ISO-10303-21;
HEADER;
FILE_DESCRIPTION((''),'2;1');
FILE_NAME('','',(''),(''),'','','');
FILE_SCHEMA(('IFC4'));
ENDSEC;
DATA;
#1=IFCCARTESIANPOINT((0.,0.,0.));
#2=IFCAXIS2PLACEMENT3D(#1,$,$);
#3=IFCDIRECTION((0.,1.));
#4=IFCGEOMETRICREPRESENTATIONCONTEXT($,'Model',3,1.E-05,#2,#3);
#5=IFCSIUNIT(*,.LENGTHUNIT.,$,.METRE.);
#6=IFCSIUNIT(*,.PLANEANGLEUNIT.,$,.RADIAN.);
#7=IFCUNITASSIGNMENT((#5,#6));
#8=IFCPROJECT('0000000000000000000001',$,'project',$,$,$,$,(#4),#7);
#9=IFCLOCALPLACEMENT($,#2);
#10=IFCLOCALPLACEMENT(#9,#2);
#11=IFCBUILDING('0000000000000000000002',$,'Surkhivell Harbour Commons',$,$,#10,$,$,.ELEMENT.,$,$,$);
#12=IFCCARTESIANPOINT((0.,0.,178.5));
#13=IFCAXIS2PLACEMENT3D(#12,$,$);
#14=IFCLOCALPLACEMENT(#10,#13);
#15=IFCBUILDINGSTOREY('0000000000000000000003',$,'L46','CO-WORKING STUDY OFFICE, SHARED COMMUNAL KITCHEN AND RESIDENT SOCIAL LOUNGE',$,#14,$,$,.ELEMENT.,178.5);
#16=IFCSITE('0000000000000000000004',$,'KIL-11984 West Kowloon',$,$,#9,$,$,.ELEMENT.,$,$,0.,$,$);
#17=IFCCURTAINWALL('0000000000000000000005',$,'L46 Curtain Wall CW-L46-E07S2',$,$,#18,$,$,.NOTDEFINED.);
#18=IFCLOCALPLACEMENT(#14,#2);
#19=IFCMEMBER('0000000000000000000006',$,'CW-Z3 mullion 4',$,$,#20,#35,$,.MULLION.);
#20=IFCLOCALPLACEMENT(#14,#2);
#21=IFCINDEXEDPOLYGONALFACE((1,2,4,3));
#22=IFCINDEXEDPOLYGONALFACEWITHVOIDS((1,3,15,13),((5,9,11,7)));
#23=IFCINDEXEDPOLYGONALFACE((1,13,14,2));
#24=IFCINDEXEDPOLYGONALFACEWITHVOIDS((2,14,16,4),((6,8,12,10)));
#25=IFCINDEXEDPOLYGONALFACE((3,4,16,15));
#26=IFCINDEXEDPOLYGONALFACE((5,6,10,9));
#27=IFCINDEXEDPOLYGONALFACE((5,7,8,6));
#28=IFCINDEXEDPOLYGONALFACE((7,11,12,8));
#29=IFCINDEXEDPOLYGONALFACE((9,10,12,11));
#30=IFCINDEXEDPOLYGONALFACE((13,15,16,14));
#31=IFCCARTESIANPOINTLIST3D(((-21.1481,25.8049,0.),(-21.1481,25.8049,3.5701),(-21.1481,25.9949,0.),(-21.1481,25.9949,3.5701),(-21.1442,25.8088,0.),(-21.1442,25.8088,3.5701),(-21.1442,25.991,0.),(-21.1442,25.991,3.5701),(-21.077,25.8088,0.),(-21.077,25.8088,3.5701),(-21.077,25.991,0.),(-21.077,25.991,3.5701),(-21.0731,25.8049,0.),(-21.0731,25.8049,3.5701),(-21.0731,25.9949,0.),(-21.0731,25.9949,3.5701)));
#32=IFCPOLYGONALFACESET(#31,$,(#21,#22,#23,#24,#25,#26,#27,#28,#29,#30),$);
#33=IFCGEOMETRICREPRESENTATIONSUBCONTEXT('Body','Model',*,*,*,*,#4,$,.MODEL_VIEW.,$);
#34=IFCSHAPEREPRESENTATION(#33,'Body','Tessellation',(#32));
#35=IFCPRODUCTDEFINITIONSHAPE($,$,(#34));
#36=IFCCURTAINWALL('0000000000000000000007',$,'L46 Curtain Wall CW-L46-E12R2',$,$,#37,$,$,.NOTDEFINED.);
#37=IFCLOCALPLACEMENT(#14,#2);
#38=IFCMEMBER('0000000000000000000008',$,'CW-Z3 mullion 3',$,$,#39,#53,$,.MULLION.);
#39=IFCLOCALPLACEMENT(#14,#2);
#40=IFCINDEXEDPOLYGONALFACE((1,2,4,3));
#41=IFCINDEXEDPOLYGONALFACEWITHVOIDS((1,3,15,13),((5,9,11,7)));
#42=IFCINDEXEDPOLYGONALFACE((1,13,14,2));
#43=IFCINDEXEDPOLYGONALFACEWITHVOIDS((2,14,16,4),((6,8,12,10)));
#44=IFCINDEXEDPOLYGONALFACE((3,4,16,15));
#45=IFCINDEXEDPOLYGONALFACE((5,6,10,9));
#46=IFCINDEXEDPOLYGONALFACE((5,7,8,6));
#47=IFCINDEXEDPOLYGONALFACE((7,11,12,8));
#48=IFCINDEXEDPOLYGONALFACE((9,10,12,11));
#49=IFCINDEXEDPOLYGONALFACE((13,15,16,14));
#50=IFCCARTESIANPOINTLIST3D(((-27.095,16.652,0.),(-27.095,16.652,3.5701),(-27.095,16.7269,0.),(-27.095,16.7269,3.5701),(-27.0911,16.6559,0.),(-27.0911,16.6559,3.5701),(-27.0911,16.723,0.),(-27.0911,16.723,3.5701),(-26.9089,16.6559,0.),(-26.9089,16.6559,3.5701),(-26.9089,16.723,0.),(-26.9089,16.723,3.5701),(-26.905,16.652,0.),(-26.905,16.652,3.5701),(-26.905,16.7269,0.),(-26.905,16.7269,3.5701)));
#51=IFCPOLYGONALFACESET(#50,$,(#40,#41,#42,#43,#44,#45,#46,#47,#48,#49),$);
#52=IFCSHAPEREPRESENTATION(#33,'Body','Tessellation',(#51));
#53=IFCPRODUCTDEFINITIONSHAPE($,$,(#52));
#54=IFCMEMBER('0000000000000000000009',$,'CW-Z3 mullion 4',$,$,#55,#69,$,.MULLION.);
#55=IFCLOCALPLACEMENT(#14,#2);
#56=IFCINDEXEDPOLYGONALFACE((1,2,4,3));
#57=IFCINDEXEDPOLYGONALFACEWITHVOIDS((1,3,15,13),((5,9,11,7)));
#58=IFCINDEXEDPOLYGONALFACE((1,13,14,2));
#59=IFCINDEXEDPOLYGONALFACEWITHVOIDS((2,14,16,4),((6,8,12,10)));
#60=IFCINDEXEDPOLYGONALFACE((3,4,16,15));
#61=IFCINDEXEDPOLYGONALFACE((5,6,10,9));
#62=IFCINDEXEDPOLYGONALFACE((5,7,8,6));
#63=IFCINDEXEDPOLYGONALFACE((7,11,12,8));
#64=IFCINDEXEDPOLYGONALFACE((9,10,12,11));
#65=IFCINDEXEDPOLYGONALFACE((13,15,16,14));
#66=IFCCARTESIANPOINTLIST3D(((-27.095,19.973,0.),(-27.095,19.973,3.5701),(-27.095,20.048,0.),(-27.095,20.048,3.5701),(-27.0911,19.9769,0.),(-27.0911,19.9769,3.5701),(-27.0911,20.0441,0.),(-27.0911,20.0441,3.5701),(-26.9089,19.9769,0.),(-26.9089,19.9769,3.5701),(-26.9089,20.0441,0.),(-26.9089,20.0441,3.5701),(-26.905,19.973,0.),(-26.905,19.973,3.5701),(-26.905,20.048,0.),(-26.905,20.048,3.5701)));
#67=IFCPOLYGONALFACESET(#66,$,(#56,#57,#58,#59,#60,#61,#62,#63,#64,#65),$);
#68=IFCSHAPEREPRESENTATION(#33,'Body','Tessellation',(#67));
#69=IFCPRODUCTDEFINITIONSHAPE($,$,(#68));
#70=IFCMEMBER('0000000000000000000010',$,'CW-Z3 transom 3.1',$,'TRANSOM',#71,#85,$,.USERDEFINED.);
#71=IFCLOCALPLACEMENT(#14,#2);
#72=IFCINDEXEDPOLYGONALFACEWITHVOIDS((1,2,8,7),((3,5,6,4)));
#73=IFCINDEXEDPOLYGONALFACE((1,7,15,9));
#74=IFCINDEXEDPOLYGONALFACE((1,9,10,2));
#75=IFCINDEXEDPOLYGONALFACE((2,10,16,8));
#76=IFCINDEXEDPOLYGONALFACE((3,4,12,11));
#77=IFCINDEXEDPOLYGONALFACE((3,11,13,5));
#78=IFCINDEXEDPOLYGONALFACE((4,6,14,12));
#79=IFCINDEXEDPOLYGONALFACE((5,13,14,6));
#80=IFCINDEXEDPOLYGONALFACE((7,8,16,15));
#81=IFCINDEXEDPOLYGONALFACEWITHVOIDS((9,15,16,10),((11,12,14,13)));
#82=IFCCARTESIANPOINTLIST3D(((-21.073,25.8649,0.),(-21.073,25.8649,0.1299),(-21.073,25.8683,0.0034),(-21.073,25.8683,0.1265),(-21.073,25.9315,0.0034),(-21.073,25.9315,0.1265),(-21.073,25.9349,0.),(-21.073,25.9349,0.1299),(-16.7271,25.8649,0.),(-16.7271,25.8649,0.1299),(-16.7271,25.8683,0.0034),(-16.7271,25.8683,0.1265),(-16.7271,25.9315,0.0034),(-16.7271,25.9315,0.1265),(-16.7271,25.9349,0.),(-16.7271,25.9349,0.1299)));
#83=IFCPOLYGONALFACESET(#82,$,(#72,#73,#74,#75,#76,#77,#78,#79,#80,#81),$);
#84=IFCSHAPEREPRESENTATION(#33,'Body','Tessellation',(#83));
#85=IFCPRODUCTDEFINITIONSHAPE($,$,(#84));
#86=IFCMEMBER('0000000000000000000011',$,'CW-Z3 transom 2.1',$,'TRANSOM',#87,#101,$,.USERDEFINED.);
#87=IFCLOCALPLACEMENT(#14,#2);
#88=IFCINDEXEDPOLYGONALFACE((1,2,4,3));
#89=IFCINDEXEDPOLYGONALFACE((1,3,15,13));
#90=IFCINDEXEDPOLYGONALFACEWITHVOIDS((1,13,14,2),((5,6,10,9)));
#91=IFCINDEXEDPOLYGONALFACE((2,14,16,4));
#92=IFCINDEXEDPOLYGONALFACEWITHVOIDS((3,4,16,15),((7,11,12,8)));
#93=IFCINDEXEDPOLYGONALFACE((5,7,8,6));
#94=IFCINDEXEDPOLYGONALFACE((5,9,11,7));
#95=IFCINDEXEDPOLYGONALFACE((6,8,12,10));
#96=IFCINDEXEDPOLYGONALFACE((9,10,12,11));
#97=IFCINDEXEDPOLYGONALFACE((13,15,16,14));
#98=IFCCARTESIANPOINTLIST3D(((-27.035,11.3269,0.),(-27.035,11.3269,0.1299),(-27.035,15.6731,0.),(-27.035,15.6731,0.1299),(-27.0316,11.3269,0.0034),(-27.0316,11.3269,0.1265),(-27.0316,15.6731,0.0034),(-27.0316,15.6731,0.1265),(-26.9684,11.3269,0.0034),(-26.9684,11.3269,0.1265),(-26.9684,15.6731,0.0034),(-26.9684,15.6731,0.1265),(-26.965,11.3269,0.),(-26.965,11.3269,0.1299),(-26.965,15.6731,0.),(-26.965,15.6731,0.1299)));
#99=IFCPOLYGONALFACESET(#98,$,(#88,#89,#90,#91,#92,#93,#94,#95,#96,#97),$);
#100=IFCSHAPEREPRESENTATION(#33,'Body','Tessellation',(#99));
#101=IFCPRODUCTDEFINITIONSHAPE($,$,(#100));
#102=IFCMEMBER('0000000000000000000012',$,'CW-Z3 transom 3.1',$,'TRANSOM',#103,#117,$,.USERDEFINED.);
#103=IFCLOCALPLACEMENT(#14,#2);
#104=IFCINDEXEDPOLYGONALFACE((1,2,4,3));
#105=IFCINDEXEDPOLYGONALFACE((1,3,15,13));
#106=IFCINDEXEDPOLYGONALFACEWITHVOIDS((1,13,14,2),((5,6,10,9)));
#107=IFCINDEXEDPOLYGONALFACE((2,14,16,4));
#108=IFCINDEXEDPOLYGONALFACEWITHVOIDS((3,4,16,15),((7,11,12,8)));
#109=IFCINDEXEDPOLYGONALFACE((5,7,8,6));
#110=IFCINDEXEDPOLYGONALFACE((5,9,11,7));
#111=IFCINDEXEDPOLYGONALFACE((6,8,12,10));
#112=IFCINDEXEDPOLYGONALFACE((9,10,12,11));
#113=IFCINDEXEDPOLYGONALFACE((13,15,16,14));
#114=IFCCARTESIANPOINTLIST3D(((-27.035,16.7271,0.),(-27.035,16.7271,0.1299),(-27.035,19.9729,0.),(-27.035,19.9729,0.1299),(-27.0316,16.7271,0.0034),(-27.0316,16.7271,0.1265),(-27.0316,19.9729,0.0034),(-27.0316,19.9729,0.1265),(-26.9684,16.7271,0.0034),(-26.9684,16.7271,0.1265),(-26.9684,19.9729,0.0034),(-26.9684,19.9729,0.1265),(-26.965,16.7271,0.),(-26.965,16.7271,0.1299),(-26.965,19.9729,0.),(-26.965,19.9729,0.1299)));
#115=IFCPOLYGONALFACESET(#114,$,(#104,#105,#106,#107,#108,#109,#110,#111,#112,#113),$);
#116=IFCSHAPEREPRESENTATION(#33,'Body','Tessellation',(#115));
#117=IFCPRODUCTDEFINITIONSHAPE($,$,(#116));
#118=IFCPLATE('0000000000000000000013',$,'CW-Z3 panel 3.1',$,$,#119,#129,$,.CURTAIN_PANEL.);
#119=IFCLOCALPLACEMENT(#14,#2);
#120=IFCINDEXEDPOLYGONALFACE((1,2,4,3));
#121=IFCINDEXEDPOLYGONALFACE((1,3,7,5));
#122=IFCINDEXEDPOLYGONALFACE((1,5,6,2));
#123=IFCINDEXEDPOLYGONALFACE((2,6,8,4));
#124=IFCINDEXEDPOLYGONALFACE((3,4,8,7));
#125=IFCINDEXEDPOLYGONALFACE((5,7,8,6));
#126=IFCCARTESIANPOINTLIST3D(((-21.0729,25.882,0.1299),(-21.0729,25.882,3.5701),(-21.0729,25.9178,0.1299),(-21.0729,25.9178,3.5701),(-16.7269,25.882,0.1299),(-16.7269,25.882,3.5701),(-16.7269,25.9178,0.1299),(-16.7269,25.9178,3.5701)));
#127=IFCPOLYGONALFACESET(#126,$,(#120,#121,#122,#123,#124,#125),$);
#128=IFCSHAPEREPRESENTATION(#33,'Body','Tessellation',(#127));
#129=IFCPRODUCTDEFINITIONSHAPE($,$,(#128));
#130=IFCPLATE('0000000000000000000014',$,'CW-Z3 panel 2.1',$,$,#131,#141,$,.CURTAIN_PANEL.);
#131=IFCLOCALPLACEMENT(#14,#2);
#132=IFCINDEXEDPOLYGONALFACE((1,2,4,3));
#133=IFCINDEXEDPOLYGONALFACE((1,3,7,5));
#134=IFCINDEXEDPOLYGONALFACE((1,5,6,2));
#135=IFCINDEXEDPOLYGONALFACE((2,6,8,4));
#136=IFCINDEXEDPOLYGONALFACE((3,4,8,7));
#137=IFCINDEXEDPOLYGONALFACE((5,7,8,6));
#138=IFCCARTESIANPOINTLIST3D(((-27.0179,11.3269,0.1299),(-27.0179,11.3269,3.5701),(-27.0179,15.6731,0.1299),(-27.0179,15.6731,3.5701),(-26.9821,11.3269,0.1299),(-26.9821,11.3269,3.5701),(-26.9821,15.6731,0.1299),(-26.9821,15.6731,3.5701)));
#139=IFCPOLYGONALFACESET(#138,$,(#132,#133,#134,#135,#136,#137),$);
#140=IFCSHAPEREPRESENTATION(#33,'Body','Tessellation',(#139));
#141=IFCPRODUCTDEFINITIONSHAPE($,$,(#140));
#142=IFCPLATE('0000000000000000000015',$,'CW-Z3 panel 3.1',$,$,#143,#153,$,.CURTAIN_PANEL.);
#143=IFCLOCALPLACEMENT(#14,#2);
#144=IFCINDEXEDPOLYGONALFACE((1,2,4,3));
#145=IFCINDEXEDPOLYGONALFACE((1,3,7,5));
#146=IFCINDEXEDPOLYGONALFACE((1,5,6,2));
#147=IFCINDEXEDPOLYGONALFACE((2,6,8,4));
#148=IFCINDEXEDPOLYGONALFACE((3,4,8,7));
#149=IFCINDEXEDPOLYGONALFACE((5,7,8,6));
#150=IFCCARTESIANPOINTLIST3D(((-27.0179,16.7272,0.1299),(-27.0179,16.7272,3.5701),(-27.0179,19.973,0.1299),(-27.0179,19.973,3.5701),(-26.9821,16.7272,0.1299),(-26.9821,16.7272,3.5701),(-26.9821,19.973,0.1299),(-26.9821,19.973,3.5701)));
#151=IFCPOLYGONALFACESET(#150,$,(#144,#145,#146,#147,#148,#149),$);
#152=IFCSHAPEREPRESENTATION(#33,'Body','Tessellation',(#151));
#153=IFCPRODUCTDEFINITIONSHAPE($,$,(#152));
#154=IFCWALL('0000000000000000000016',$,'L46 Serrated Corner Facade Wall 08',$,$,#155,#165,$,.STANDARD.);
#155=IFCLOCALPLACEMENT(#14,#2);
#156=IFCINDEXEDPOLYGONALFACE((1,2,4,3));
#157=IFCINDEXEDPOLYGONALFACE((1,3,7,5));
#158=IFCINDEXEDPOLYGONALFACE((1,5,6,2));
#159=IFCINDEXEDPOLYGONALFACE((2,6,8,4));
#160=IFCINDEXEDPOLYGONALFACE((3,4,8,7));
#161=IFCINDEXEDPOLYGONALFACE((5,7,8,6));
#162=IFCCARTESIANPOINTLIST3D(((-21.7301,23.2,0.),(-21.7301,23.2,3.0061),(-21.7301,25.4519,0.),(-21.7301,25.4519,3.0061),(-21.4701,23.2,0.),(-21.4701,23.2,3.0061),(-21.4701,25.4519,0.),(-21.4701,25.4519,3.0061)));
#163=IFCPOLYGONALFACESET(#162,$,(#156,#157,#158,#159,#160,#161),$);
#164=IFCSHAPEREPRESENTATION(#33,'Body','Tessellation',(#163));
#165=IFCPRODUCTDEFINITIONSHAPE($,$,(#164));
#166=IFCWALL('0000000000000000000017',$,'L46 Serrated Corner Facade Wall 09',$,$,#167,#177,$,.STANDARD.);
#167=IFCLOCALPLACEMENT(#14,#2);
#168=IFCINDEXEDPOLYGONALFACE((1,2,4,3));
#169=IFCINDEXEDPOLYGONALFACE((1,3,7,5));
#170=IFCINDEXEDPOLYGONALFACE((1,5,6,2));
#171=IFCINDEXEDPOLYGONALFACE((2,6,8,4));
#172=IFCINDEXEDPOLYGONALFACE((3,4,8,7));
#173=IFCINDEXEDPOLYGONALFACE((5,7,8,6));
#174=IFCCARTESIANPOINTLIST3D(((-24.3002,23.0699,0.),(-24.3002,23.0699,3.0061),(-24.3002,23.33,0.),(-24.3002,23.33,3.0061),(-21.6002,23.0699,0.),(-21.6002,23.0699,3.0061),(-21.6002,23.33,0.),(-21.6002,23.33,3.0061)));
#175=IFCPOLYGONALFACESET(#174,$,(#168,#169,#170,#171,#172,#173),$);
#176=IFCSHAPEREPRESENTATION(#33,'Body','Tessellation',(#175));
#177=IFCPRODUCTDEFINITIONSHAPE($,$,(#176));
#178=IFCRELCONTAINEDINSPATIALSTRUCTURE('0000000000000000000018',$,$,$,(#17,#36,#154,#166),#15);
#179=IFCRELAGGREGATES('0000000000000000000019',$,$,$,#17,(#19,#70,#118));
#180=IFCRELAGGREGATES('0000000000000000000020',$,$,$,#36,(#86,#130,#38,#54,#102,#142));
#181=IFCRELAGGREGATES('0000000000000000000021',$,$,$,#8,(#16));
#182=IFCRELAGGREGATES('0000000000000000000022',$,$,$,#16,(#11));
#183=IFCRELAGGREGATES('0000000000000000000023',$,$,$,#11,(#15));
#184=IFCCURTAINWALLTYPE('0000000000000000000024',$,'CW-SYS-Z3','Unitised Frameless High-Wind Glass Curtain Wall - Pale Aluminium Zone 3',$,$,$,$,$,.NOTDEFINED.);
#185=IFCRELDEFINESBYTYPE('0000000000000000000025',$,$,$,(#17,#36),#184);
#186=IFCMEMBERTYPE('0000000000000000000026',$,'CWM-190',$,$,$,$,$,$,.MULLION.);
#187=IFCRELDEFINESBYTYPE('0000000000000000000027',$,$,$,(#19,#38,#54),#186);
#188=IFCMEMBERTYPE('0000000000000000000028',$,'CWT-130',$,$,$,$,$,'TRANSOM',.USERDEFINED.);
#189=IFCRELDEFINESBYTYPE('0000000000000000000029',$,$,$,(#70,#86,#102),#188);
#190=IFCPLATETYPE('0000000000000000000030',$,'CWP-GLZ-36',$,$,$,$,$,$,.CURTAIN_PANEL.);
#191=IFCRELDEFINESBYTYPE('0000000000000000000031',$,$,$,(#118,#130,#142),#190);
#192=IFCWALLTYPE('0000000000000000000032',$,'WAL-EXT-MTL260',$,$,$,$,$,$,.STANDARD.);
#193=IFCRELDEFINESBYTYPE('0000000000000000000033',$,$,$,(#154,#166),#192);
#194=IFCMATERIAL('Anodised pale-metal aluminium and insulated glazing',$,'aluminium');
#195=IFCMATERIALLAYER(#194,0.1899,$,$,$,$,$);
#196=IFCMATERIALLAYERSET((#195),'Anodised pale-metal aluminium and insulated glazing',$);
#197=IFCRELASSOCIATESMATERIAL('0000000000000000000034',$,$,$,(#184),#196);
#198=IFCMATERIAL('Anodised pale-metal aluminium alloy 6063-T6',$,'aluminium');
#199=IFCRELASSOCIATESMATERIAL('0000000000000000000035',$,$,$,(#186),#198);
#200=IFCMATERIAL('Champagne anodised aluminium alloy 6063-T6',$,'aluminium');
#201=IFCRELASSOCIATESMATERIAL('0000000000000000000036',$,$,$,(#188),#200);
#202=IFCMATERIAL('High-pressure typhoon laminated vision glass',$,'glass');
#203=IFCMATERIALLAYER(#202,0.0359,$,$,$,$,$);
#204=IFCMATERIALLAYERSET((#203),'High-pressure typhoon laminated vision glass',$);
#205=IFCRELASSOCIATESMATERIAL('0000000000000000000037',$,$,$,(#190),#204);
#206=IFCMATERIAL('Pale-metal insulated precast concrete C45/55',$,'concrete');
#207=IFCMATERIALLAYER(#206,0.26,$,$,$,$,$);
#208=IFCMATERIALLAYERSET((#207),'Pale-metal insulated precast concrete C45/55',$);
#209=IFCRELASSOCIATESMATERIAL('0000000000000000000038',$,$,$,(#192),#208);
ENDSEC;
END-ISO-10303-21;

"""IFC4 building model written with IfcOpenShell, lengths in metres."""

from ifc_helpers import new_model, si_unit, direction, frame, frame_2d, origin, origin_2d, place, context, subcontext, project, spatial, rectangle, hollow_rectangle, extrude, material, layer, layer_set, material_profile, profile_set, type_object, element, aggregate, save


model = new_model("IFC4")

# Units and contexts
model_context = context("Model", 3, precision=1e-05, world=origin(), true_north=direction((0.0, 1.0)))
body_context = subcontext(model_context, "Body", "Model", "MODEL_VIEW")
ifc_project = project(units=[si_unit("LENGTHUNIT", "METRE"), si_unit("PLANEANGLEUNIT", "RADIAN")], contexts=[model_context])

# Site, building, storey
site_placement = place(None, origin())
site = spatial("IfcSite", under=ifc_project, at=site_placement, Name="KIL-11984 West Kowloon", CompositionType="ELEMENT", RefElevation=0.0)
building_placement = place(site_placement, origin())
building = spatial("IfcBuilding", under=site, at=building_placement, Name="Surkhivell Harbour Commons", CompositionType="ELEMENT")
storey_placement = place(building_placement, frame((0.0, 0.0, 178.5)))
storey = spatial("IfcBuildingStorey", under=building, at=storey_placement, Name="L46", Description="CO-WORKING STUDY OFFICE, SHARED COMMUNAL KITCHEN AND RESIDENT SOCIAL LOUNGE", CompositionType="ELEMENT", Elevation=178.5)

# Curtain walls, members
ifc_material_1 = material(Name="Anodised pale-metal aluminium and insulated glazing", Category="aluminium")
ifc_layer_1 = layer(ifc_material_1, 0.1899)
ifc_layer_set_1 = layer_set([ifc_layer_1], Name="Anodised pale-metal aluminium and insulated glazing")
curtain_wall_type = type_object("IfcCurtainWallType", Name="CW-SYS-Z3", Description="Unitised Frameless High-Wind Glass Curtain Wall - Pale Aluminium Zone 3", PredefinedType="NOTDEFINED", material=ifc_layer_set_1)
curtain_wall_1_placement = place(storey_placement, origin())
curtain_wall_1 = element("IfcCurtainWall", 1, at=curtain_wall_1_placement, inside=storey, type_object=curtain_wall_type, Name="L46 Curtain Wall CW-L46-E07S2", PredefinedType="NOTDEFINED")
ifc_material_2 = material(Name="Anodised pale-metal aluminium alloy 6063-T6", Category="aluminium")
ifc_material_profile_1 = material_profile(ifc_material_2, hollow_rectangle(XDim=0.075, YDim=0.1899, WallThickness=0.0039, at=origin_2d()), Name="ALU-MULL-75x190")
ifc_profile_set_1 = profile_set([ifc_material_profile_1], Name="Anodised pale-metal aluminium alloy 6063-T6")
member_type_1 = type_object("IfcMemberType", Name="CWM-190", PredefinedType="MULLION", material=ifc_profile_set_1)
member_1_placement = place(storey_placement, frame((-21.1106, 25.8999, 0.0), z_axis=(0.0, 0.0, 1.0), x_axis=(-1.0, 0.0, 0.0)))
member_1 = element("IfcMember", 2, at=member_1_placement, type_object=member_type_1, Name="CW-Z3 mullion 4", PredefinedType="MULLION", context=body_context, shape_type="SweptSolid", body=[
    extrude(hollow_rectangle(XDim=0.075, YDim=0.1899, WallThickness=0.0039, at=origin_2d()), origin(), (0.0, 0.0, 1.0), 3.5701),
])
curtain_wall_2_placement = place(storey_placement, origin())
curtain_wall_2 = element("IfcCurtainWall", 3, at=curtain_wall_2_placement, inside=storey, type_object=curtain_wall_type, Name="L46 Curtain Wall CW-L46-E12R2", PredefinedType="NOTDEFINED")
member_2_placement = place(storey_placement, frame((-27.0, 16.6895, 0.0), z_axis=(0.0, 0.0, 1.0), x_axis=(0.0, 1.0, 0.0)))
member_2 = element("IfcMember", 4, at=member_2_placement, type_object=member_type_1, Name="CW-Z3 mullion 3", PredefinedType="MULLION", context=body_context, shape_type="SweptSolid", body=[
    extrude(hollow_rectangle(XDim=0.075, YDim=0.1899, WallThickness=0.0039, at=origin_2d()), origin(), (0.0, 0.0, 1.0), 3.5701),
])
member_3_placement = place(storey_placement, frame((-27.0, 20.0105, 0.0), z_axis=(0.0, 0.0, 1.0), x_axis=(0.0, 1.0, 0.0)))
member_3 = element("IfcMember", 5, at=member_3_placement, type_object=member_type_1, Name="CW-Z3 mullion 4", PredefinedType="MULLION", context=body_context, shape_type="SweptSolid", body=[
    extrude(hollow_rectangle(XDim=0.075, YDim=0.1899, WallThickness=0.0039, at=origin_2d()), origin(), (0.0, 0.0, 1.0), 3.5701),
])

# Members
ifc_material_3 = material(Name="Champagne anodised aluminium alloy 6063-T6", Category="aluminium")
ifc_material_profile_2 = material_profile(ifc_material_3, hollow_rectangle(XDim=0.0701, YDim=0.1299, WallThickness=0.0034, at=origin_2d()), Name="ALU-TRAN-70x130")
ifc_profile_set_2 = profile_set([ifc_material_profile_2], Name="Champagne anodised aluminium alloy 6063-T6")
member_type_2 = type_object("IfcMemberType", Name="CWT-130", ElementType="TRANSOM", PredefinedType="USERDEFINED", material=ifc_profile_set_2)
member_4_placement = place(storey_placement, frame((-16.7271, 25.8999, 0.0649), z_axis=(-1.0, 0.0, 0.0), x_axis=(0.0, -1.0, 0.0)))
member_4 = element("IfcMember", 6, at=member_4_placement, type_object=member_type_2, Name="CW-Z3 transom 3.1", ObjectType="TRANSOM", PredefinedType="USERDEFINED", context=body_context, shape_type="SweptSolid", body=[
    extrude(hollow_rectangle(XDim=0.0701, YDim=0.1299, WallThickness=0.0034, at=origin_2d()), origin(), (0.0, 0.0, 1.0), 4.3459),
])
member_5_placement = place(storey_placement, frame((-27.0, 11.3269, 0.0649), z_axis=(0.0, 1.0, 0.0), x_axis=(-1.0, 0.0, 0.0)))
member_5 = element("IfcMember", 7, at=member_5_placement, type_object=member_type_2, Name="CW-Z3 transom 2.1", ObjectType="TRANSOM", PredefinedType="USERDEFINED", context=body_context, shape_type="SweptSolid", body=[
    extrude(hollow_rectangle(XDim=0.0701, YDim=0.1299, WallThickness=0.0034, at=origin_2d()), origin(), (0.0, 0.0, 1.0), 4.3462),
])
member_6_placement = place(storey_placement, frame((-27.0, 16.7271, 0.0649), z_axis=(0.0, 1.0, 0.0), x_axis=(-1.0, 0.0, 0.0)))
member_6 = element("IfcMember", 8, at=member_6_placement, type_object=member_type_2, Name="CW-Z3 transom 3.1", ObjectType="TRANSOM", PredefinedType="USERDEFINED", context=body_context, shape_type="SweptSolid", body=[
    extrude(hollow_rectangle(XDim=0.0701, YDim=0.1299, WallThickness=0.0034, at=origin_2d()), origin(), (0.0, 0.0, 1.0), 3.2458),
])

# Plates
ifc_material_4 = material(Name="High-pressure typhoon laminated vision glass", Category="glass")
ifc_layer_2 = layer(ifc_material_4, 0.0359)
ifc_layer_set_2 = layer_set([ifc_layer_2], Name="High-pressure typhoon laminated vision glass")
plate_type = type_object("IfcPlateType", Name="CWP-GLZ-36", PredefinedType="CURTAIN_PANEL", material=ifc_layer_set_2)
plate_1_placement = place(storey_placement, frame((-16.7271, 25.8999, 0.1299), z_axis=(0.0, 0.0, 1.0), x_axis=(-1.0, 0.0, 0.0)))
plate_1 = element("IfcPlate", 9, at=plate_1_placement, type_object=plate_type, Name="CW-Z3 panel 3.1", PredefinedType="CURTAIN_PANEL", context=body_context, shape_type="SweptSolid", body=[
    extrude(rectangle(XDim=4.3459, YDim=0.0359, at=frame_2d((2.1729, 0.0))), origin(), (0.0, 0.0, 1.0), 3.4402),
])
aggregate(curtain_wall_1, [member_1, member_4, plate_1])
plate_2_placement = place(storey_placement, frame((-27.0, 11.3269, 0.1299), z_axis=(0.0, 0.0, 1.0), x_axis=(0.0, 1.0, 0.0)))
plate_2 = element("IfcPlate", 10, at=plate_2_placement, type_object=plate_type, Name="CW-Z3 panel 2.1", PredefinedType="CURTAIN_PANEL", context=body_context, shape_type="SweptSolid", body=[
    extrude(rectangle(XDim=4.3462, YDim=0.0359, at=frame_2d((2.1731, 0.0))), origin(), (0.0, 0.0, 1.0), 3.4402),
])
plate_3_placement = place(storey_placement, frame((-27.0, 16.7271, 0.1299), z_axis=(0.0, 0.0, 1.0), x_axis=(0.0, 1.0, 0.0)))
plate_3 = element("IfcPlate", 11, at=plate_3_placement, type_object=plate_type, Name="CW-Z3 panel 3.1", PredefinedType="CURTAIN_PANEL", context=body_context, shape_type="SweptSolid", body=[
    extrude(rectangle(XDim=3.2458, YDim=0.0359, at=frame_2d((1.623, 0.0))), origin(), (0.0, 0.0, 1.0), 3.4402),
])
aggregate(curtain_wall_2, [member_5, plate_2, member_2, member_3, member_6, plate_3])

# Walls
ifc_material_5 = material(Name="Pale-metal insulated precast concrete C45/55", Category="concrete")
ifc_layer_3 = layer(ifc_material_5, 0.26)
ifc_layer_set_3 = layer_set([ifc_layer_3], Name="Pale-metal insulated precast concrete C45/55")
wall_type = type_object("IfcWallType", Name="WAL-EXT-MTL260", PredefinedType="STANDARD", material=ifc_layer_set_3)
wall_1_placement = place(storey_placement, frame((-21.6001, 25.4519, 0.0), z_axis=(0.0, 0.0, 1.0), x_axis=(0.0, -1.0, 0.0)))
element("IfcWall", 12, at=wall_1_placement, inside=storey, type_object=wall_type, Name="L46 Serrated Corner Facade Wall 08", PredefinedType="STANDARD", context=body_context, shape_type="SweptSolid", body=[
    extrude(rectangle(XDim=2.252, YDim=0.26, at=frame_2d((1.126, 0.0))), origin(), (0.0, 0.0, 1.0), 3.0061),
])
wall_2_placement = place(storey_placement, frame((-21.6001, 23.2, 0.0), z_axis=(0.0, 0.0, 1.0), x_axis=(-1.0, 0.0, 0.0)))
element("IfcWall", 13, at=wall_2_placement, inside=storey, type_object=wall_type, Name="L46 Serrated Corner Facade Wall 09", PredefinedType="STANDARD", context=body_context, shape_type="SweptSolid", body=[
    extrude(rectangle(XDim=2.7, YDim=0.26, at=frame_2d((1.3501, 0.0))), origin(), (0.0, 0.0, 1.0), 3.0061),
])

save(model, "model.ifc")
